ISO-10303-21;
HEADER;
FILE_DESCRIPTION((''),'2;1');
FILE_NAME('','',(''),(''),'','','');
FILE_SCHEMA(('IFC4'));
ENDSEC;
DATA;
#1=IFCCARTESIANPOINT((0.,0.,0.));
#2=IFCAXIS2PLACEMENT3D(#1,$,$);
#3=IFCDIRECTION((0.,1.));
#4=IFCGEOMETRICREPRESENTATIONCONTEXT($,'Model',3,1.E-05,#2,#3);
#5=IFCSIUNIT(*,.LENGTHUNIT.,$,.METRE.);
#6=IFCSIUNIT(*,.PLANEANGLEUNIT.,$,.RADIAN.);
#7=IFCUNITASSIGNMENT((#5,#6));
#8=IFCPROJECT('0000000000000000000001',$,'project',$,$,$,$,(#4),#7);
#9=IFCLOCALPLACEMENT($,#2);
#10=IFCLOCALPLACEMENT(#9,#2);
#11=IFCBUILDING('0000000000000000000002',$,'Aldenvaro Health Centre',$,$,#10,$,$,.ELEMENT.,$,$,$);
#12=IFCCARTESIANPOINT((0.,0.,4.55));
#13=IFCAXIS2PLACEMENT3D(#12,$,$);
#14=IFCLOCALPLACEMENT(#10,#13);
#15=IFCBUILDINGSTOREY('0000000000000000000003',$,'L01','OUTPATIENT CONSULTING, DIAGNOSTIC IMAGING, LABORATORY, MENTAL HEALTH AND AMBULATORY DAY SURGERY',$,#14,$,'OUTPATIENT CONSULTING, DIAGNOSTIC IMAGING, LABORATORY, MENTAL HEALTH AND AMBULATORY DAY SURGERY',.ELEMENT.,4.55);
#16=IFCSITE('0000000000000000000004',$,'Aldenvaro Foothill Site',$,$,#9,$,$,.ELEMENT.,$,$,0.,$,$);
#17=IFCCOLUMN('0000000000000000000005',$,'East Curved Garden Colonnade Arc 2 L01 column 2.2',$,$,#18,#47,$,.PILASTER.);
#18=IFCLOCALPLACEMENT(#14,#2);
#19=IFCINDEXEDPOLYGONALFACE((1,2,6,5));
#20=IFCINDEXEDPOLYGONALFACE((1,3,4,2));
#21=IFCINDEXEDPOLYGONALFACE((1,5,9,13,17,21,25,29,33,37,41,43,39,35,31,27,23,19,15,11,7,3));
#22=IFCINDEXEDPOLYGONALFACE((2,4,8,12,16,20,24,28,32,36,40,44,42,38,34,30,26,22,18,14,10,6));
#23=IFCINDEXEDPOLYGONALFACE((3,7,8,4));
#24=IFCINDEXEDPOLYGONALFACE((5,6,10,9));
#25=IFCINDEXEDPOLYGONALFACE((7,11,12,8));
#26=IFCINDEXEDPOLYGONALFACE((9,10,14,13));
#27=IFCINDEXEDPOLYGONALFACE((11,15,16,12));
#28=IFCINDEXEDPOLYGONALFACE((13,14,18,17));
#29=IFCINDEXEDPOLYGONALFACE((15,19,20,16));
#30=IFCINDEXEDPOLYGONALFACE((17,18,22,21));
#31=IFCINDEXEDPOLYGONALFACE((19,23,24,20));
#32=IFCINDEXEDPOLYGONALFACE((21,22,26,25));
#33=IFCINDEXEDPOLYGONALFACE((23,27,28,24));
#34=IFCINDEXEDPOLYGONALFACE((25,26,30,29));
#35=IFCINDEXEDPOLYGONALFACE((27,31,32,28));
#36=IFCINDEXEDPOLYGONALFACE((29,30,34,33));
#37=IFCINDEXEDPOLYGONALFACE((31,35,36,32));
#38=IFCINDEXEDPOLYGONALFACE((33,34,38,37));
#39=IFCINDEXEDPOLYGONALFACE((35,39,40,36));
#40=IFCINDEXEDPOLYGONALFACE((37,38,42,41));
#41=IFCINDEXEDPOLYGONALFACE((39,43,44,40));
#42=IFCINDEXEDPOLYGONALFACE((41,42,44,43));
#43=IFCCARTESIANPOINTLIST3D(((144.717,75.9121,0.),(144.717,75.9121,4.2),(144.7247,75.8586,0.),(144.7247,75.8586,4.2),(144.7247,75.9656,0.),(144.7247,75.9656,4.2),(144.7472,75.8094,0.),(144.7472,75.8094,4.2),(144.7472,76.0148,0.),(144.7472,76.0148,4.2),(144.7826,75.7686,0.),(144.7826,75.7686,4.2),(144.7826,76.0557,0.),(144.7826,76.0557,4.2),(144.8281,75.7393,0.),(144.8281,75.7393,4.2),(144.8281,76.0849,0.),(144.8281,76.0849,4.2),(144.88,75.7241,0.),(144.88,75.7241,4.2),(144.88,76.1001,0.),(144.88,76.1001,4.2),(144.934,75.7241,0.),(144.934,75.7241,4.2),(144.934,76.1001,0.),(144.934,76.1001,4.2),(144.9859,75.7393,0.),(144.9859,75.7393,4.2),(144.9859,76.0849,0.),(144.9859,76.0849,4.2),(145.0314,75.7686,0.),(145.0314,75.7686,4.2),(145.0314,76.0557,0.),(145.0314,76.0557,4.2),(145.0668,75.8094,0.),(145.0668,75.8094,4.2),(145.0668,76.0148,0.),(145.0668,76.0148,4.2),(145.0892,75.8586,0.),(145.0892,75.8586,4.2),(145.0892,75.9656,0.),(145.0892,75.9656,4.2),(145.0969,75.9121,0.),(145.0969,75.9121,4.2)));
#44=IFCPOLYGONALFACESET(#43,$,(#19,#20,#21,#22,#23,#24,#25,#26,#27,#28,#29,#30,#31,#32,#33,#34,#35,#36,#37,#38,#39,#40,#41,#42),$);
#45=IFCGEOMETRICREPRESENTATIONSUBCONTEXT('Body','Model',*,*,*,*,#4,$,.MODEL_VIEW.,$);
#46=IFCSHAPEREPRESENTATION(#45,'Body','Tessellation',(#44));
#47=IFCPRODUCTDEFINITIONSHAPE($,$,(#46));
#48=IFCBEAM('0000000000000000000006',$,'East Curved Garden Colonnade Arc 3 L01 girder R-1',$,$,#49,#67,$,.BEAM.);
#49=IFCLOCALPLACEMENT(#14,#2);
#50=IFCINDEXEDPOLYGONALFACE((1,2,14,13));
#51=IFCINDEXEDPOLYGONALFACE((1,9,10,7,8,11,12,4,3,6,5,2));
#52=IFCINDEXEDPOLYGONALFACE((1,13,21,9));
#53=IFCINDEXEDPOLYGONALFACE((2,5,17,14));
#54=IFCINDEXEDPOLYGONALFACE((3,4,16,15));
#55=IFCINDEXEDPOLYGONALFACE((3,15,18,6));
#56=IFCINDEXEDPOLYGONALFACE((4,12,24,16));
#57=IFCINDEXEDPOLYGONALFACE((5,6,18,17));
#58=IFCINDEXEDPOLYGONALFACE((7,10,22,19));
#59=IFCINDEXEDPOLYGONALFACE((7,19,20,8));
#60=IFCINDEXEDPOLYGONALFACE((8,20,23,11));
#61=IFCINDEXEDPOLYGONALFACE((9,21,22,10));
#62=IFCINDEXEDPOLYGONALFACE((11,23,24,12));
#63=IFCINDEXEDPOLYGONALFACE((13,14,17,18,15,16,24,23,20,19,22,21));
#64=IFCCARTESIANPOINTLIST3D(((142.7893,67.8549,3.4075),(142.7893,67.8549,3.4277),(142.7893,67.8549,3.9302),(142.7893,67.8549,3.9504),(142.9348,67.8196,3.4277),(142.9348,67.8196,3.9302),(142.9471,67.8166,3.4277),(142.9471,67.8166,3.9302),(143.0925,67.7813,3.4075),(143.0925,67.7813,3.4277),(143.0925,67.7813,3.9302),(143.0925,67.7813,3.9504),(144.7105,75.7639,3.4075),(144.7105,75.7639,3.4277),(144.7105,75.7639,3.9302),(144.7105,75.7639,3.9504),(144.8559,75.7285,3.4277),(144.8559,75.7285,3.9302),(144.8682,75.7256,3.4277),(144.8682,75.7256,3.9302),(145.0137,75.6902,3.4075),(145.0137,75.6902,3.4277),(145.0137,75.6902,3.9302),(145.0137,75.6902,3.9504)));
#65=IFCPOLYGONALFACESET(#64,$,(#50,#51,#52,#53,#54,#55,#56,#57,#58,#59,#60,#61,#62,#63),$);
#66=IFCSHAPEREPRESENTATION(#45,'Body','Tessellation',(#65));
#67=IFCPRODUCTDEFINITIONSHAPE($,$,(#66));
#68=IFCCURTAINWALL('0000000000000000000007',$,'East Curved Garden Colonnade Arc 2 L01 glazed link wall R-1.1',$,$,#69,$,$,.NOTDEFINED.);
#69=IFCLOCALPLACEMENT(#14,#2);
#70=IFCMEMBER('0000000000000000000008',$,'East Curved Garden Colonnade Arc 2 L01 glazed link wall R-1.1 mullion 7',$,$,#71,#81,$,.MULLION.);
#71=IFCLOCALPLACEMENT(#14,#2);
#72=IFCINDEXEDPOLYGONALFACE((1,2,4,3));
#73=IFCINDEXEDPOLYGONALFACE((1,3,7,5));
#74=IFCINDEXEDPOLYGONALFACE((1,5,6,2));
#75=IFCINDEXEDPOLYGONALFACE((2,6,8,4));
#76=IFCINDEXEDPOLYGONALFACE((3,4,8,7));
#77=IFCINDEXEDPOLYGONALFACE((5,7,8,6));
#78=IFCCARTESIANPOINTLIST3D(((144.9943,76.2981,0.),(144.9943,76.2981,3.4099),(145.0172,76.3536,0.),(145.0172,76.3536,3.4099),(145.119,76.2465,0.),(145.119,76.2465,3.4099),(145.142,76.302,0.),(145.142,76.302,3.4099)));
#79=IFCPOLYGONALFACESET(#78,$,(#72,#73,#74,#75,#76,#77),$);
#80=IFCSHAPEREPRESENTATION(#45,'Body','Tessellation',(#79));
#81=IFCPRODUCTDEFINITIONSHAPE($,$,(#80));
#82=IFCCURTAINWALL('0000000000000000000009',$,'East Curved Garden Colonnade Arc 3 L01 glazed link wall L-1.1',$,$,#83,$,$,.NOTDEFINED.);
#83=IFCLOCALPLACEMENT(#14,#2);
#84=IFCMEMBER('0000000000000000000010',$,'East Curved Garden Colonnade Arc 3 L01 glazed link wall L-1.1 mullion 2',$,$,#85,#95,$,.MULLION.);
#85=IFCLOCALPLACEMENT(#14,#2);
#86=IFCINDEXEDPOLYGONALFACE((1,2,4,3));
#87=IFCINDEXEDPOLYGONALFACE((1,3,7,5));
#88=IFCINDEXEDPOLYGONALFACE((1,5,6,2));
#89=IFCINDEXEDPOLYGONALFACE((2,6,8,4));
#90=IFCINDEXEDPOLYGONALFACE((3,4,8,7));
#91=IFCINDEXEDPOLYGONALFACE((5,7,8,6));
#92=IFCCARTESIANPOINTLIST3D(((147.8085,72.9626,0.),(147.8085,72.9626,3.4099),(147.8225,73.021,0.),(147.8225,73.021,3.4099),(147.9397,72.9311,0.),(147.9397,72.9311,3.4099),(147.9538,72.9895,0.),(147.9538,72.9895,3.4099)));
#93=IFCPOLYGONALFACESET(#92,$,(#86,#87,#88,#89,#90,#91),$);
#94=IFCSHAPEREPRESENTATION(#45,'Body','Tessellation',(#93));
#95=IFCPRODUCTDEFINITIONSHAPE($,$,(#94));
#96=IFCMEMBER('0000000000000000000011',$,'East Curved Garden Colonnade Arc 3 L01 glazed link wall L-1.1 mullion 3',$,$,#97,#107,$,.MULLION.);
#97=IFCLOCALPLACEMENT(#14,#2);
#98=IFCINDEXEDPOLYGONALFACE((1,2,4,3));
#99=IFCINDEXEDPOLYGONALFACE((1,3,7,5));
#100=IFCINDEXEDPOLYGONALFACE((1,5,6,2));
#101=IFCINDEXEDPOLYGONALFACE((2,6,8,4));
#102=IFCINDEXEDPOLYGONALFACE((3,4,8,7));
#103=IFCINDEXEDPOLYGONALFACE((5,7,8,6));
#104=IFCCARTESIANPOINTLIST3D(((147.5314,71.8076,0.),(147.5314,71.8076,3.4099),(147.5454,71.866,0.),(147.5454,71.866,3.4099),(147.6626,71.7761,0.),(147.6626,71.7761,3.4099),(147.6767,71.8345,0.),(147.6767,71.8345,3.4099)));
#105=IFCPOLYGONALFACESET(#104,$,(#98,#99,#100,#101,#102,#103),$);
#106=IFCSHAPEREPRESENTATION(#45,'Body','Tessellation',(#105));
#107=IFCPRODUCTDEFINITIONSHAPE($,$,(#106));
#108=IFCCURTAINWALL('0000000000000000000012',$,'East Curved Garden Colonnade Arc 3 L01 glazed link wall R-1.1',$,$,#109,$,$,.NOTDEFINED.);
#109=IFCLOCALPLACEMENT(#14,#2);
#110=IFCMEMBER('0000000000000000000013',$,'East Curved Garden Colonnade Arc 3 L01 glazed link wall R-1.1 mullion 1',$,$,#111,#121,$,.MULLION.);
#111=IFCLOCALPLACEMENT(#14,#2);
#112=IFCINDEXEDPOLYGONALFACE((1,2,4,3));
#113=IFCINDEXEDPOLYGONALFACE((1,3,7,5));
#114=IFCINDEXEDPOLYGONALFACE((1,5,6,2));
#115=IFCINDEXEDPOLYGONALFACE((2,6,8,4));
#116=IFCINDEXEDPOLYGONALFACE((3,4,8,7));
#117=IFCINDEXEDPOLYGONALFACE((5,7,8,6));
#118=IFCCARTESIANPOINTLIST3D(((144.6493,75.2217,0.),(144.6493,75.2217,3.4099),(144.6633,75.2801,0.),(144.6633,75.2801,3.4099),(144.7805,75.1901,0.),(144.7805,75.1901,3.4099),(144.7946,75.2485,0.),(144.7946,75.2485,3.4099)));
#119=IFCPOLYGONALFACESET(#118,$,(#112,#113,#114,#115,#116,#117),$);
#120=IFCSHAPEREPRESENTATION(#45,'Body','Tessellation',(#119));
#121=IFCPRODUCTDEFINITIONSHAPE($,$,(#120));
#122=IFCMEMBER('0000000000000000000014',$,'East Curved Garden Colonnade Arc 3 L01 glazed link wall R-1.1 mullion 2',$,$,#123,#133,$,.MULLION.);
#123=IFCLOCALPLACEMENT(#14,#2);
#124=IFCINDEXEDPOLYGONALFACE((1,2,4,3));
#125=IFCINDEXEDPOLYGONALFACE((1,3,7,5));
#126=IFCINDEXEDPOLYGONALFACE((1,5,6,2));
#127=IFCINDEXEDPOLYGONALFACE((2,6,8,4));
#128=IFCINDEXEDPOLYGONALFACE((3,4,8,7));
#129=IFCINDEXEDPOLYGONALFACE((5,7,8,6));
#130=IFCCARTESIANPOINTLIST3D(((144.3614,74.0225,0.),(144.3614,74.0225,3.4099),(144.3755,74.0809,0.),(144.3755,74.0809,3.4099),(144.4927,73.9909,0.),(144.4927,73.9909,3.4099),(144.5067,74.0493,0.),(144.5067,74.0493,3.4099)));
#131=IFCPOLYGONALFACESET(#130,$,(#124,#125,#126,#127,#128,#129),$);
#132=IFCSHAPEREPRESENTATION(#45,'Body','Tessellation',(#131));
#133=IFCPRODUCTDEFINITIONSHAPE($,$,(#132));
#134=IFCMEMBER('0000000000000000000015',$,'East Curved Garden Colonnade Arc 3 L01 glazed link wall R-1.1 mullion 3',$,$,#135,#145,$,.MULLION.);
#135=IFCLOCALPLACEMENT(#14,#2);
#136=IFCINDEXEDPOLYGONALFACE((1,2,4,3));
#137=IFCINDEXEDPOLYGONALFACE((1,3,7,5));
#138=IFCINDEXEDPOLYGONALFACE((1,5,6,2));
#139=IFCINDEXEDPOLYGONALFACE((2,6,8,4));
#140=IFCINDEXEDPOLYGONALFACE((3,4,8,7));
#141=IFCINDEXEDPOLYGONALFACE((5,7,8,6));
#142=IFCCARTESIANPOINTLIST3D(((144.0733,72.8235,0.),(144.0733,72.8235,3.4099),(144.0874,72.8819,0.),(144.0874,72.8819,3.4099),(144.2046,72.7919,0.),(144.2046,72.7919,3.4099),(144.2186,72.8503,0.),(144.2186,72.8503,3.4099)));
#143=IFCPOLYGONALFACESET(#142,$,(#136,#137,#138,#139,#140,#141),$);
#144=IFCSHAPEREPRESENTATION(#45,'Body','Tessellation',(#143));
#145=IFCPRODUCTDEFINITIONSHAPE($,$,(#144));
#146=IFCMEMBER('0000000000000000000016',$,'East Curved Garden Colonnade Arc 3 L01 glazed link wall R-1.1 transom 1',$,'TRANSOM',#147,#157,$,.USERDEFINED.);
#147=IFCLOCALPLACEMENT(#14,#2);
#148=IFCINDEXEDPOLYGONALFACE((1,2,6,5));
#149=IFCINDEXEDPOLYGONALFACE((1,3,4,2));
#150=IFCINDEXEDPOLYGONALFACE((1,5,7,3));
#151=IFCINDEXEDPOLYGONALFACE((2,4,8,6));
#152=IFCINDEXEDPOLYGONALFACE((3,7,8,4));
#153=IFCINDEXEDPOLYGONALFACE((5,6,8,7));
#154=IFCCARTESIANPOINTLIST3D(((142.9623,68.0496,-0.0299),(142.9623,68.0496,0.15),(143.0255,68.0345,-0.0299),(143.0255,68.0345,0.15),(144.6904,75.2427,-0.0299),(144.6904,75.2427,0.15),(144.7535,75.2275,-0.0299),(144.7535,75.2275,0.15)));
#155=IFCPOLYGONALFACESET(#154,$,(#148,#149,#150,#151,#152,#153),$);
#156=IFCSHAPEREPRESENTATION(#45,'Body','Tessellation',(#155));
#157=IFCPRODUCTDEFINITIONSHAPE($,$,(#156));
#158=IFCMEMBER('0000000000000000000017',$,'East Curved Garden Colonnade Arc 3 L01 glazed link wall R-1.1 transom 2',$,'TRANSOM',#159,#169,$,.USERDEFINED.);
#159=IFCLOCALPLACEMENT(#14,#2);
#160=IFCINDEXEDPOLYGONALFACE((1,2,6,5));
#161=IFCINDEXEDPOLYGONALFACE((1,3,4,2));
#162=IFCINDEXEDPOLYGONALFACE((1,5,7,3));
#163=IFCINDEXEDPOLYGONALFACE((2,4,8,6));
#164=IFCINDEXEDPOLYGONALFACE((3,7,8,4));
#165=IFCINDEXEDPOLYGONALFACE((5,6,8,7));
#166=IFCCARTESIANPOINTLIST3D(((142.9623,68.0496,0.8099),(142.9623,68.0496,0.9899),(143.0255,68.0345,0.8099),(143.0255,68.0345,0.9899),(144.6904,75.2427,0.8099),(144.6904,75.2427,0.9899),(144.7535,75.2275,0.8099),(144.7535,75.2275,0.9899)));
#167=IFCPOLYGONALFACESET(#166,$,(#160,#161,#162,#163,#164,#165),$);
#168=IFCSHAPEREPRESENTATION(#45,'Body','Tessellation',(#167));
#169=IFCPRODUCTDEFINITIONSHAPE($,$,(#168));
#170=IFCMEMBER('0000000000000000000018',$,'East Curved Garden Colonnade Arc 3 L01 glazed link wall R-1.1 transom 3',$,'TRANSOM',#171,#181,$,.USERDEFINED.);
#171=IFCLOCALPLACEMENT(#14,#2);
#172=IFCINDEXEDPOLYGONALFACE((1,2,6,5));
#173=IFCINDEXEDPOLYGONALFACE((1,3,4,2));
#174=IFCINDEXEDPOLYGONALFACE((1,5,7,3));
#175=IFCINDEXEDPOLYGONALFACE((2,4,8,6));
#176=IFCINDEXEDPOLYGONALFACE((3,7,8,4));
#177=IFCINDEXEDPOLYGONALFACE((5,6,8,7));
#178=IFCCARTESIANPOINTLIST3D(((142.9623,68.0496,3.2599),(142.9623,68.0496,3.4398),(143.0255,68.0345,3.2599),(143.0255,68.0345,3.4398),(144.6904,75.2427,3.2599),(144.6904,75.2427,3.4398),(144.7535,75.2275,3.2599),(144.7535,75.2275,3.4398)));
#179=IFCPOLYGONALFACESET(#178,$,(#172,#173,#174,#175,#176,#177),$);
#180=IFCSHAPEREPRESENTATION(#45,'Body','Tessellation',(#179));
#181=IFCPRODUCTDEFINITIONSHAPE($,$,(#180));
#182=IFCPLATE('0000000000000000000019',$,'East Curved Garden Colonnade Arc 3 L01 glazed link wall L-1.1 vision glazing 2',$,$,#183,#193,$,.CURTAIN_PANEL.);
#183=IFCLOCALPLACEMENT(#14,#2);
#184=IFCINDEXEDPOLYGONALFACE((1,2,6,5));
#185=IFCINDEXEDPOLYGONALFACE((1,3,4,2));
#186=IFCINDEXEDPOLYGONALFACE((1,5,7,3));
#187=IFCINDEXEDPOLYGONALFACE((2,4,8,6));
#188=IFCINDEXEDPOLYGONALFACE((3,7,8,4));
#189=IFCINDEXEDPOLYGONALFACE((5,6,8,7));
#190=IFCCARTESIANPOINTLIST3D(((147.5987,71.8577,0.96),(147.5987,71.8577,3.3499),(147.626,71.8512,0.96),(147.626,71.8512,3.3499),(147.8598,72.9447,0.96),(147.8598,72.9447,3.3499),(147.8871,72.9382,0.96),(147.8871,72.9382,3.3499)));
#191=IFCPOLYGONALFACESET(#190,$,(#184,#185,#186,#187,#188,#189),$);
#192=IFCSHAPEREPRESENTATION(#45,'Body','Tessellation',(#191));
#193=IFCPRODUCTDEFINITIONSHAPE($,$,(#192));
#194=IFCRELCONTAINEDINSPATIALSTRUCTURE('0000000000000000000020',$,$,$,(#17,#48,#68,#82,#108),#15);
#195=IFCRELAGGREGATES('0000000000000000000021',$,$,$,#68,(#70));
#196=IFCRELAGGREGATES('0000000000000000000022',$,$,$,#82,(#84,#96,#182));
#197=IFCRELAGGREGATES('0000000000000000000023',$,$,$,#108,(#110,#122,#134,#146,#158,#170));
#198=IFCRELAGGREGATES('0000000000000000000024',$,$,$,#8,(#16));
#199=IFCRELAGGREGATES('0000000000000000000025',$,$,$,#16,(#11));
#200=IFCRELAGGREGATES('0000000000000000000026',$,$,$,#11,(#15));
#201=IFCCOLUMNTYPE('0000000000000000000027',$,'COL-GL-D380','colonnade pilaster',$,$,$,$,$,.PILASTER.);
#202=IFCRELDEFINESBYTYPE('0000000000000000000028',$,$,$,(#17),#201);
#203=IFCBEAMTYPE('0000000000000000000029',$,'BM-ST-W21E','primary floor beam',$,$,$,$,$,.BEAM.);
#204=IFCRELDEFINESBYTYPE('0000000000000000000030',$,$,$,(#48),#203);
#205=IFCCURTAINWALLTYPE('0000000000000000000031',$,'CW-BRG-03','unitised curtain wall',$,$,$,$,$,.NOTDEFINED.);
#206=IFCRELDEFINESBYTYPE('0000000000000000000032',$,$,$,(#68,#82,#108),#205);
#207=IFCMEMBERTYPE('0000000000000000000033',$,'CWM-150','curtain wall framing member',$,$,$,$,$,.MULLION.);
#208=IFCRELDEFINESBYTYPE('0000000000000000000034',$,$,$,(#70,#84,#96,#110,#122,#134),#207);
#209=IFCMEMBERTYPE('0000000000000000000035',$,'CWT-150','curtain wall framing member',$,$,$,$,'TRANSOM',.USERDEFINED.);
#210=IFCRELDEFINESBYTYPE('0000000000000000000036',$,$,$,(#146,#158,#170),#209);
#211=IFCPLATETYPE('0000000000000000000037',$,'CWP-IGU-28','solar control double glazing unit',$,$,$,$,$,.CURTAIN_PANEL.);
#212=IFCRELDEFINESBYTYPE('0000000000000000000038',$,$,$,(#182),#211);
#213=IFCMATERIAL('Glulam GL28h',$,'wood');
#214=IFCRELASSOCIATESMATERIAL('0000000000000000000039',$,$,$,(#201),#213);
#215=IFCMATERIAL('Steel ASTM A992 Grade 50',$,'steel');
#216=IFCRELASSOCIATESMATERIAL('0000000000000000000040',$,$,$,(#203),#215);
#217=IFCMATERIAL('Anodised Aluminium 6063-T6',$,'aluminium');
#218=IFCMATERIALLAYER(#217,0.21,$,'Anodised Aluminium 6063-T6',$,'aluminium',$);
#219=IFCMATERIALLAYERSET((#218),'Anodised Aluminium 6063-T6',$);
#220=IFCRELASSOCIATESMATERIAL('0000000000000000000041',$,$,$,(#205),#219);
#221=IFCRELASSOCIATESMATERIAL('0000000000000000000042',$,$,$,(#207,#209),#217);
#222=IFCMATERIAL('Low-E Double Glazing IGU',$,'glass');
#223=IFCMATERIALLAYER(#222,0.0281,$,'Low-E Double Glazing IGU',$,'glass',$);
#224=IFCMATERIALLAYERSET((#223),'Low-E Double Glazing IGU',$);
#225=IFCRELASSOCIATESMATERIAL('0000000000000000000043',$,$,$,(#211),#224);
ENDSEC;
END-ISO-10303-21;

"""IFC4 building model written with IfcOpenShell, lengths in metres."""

from ifc_helpers import new_model, si_unit, direction, frame, origin, origin_2d, place, context, subcontext, project, spatial, rectangle, circle, i_section, extrude, material, layer, layer_set, material_profile, profile_set, type_object, element, aggregate, save


model = new_model("IFC4")

# Units and contexts
model_context = context("Model", 3, precision=1e-05, world=origin(), true_north=direction((0.0, 1.0)))
body_context = subcontext(model_context, "Body", "Model", "MODEL_VIEW")
ifc_project = project(units=[si_unit("LENGTHUNIT", "METRE"), si_unit("PLANEANGLEUNIT", "RADIAN")], contexts=[model_context])

# Site, building, storey
site_placement = place(None, origin())
site = spatial("IfcSite", under=ifc_project, at=site_placement, Name="Aldenvaro Foothill Site", CompositionType="ELEMENT", RefElevation=0.0)
building_placement = place(site_placement, origin())
building = spatial("IfcBuilding", under=site, at=building_placement, Name="Aldenvaro Health Centre", CompositionType="ELEMENT")
storey_placement = place(building_placement, frame((0.0, 0.0, 4.55)))
storey = spatial("IfcBuildingStorey", under=building, at=storey_placement, Name="L01", Description="OUTPATIENT CONSULTING, DIAGNOSTIC IMAGING, LABORATORY, MENTAL HEALTH AND AMBULATORY DAY SURGERY", LongName="OUTPATIENT CONSULTING, DIAGNOSTIC IMAGING, LABORATORY, MENTAL HEALTH AND AMBULATORY DAY SURGERY", CompositionType="ELEMENT", Elevation=4.55)

# Column
ifc_material_1 = material(Name="Glulam GL28h", Category="wood")
ifc_material_profile_1 = material_profile(ifc_material_1, circle(Radius=0.1899, at=origin_2d()), Name="GL D380", Category="wood")
ifc_profile_set_1 = profile_set([ifc_material_profile_1], Name="Glulam GL28h")
column_type = type_object("IfcColumnType", Name="COL-GL-D380", Description="colonnade pilaster", PredefinedType="PILASTER", material=ifc_profile_set_1)
column_placement = place(storey_placement, frame((144.907, 75.9121, 0.0), z_axis=(0.0, 0.0, 1.0), x_axis=(1.0, 0.0, 0.0)))
element("IfcColumn", 1, at=column_placement, inside=storey, type_object=column_type, Name="East Curved Garden Colonnade Arc 2 L01 column 2.2", PredefinedType="PILASTER", context=body_context, shape_type="SweptSolid", body=[
    extrude(circle(Radius=0.1899, at=origin_2d()), origin(), (0.0, 0.0, 1.0), 4.2),
])

# Beam
ifc_material_2 = material(Name="Steel ASTM A992 Grade 50", Category="steel")
ifc_material_profile_2 = material_profile(ifc_material_2, i_section(OverallWidth=0.312, OverallDepth=0.543, WebThickness=0.0127, FlangeThickness=0.0203, at=origin_2d()), Name="W21X101", Category="steel")
ifc_profile_set_2 = profile_set([ifc_material_profile_2], Name="Steel ASTM A992 Grade 50")
beam_type = type_object("IfcBeamType", Name="BM-ST-W21E", Description="primary floor beam", PredefinedType="BEAM", material=ifc_profile_set_2)
beam_placement = place(storey_placement, frame((144.8621, 75.7271, 3.679), z_axis=(-0.236044, -0.971742, 0.0), x_axis=(0.971742, -0.236044, 0.0)))
element("IfcBeam", 2, at=beam_placement, inside=storey, type_object=beam_type, Name="East Curved Garden Colonnade Arc 3 L01 girder R-1", PredefinedType="BEAM", context=body_context, shape_type="SweptSolid", body=[
    extrude(i_section(OverallWidth=0.312, OverallDepth=0.543, WebThickness=0.0127, FlangeThickness=0.0203, at=origin_2d()), origin(), (0.0, 0.0, 1.0), 8.1389),
])

# Curtain wall, member
ifc_material_3 = material(Name="Anodised Aluminium 6063-T6", Category="aluminium")
ifc_layer_1 = layer(ifc_material_3, 0.21, Name="Anodised Aluminium 6063-T6", Category="aluminium")
ifc_layer_set_1 = layer_set([ifc_layer_1], Name="Anodised Aluminium 6063-T6")
curtain_wall_type = type_object("IfcCurtainWallType", Name="CW-BRG-03", Description="unitised curtain wall", PredefinedType="NOTDEFINED", material=ifc_layer_set_1)
curtain_wall_1_placement = place(storey_placement, origin())
curtain_wall_1 = element("IfcCurtainWall", 3, at=curtain_wall_1_placement, inside=storey, type_object=curtain_wall_type, Name="East Curved Garden Colonnade Arc 2 L01 glazed link wall R-1.1", PredefinedType="NOTDEFINED")
ifc_material_profile_3 = material_profile(ifc_material_3, rectangle(XDim=0.0601, YDim=0.135, at=origin_2d()), Name="ALU 60x135", Category="aluminium")
ifc_profile_set_3 = profile_set([ifc_material_profile_3], Name="Anodised Aluminium 6063-T6")
member_type_1 = type_object("IfcMemberType", Name="CWM-150", Description="curtain wall framing member", PredefinedType="MULLION", material=ifc_profile_set_3)
member_1_placement = place(storey_placement, frame((145.0681, 76.3, 0.0), z_axis=(0.0, 0.0, 1.0), x_axis=(-0.382503, -0.923954, 0.0)))
member_1 = element("IfcMember", 4, at=member_1_placement, type_object=member_type_1, Name="East Curved Garden Colonnade Arc 2 L01 glazed link wall R-1.1 mullion 7", PredefinedType="MULLION", context=body_context, shape_type="SweptSolid", body=[
    extrude(rectangle(XDim=0.0601, YDim=0.135, at=origin_2d()), origin(), (0.0, 0.0, 1.0), 3.4099),
])

# Curtain walls, members
curtain_wall_2_placement = place(storey_placement, origin())
curtain_wall_2 = element("IfcCurtainWall", 5, at=curtain_wall_2_placement, inside=storey, type_object=curtain_wall_type, Name="East Curved Garden Colonnade Arc 3 L01 glazed link wall L-1.1", PredefinedType="NOTDEFINED")
member_2_placement = place(storey_placement, frame((147.8811, 72.9761, 0.0), z_axis=(0.0, 0.0, 1.0), x_axis=(-0.233612, -0.97233, 0.0)))
member_2 = element("IfcMember", 6, at=member_2_placement, type_object=member_type_1, Name="East Curved Garden Colonnade Arc 3 L01 glazed link wall L-1.1 mullion 2", PredefinedType="MULLION", context=body_context, shape_type="SweptSolid", body=[
    extrude(rectangle(XDim=0.0601, YDim=0.135, at=origin_2d()), origin(), (0.0, 0.0, 1.0), 3.4099),
])
member_3_placement = place(storey_placement, frame((147.604, 71.821, 0.0), z_axis=(0.0, 0.0, 1.0), x_axis=(-0.233612, -0.97233, 0.0)))
member_3 = element("IfcMember", 7, at=member_3_placement, type_object=member_type_1, Name="East Curved Garden Colonnade Arc 3 L01 glazed link wall L-1.1 mullion 3", PredefinedType="MULLION", context=body_context, shape_type="SweptSolid", body=[
    extrude(rectangle(XDim=0.0601, YDim=0.135, at=origin_2d()), origin(), (0.0, 0.0, 1.0), 3.4099),
])
curtain_wall_3_placement = place(storey_placement, origin())
curtain_wall_3 = element("IfcCurtainWall", 8, at=curtain_wall_3_placement, inside=storey, type_object=curtain_wall_type, Name="East Curved Garden Colonnade Arc 3 L01 glazed link wall R-1.1", PredefinedType="NOTDEFINED")
member_4_placement = place(storey_placement, frame((144.7219, 75.2351, 0.0), z_axis=(0.0, 0.0, 1.0), x_axis=(-0.233588, -0.972336, 0.0)))
member_4 = element("IfcMember", 9, at=member_4_placement, type_object=member_type_1, Name="East Curved Garden Colonnade Arc 3 L01 glazed link wall R-1.1 mullion 1", PredefinedType="MULLION", context=body_context, shape_type="SweptSolid", body=[
    extrude(rectangle(XDim=0.0601, YDim=0.135, at=origin_2d()), origin(), (0.0, 0.0, 1.0), 3.4099),
])
member_5_placement = place(storey_placement, frame((144.4341, 74.0359, 0.0), z_axis=(0.0, 0.0, 1.0), x_axis=(-0.233588, -0.972336, 0.0)))
member_5 = element("IfcMember", 10, at=member_5_placement, type_object=member_type_1, Name="East Curved Garden Colonnade Arc 3 L01 glazed link wall R-1.1 mullion 2", PredefinedType="MULLION", context=body_context, shape_type="SweptSolid", body=[
    extrude(rectangle(XDim=0.0601, YDim=0.135, at=origin_2d()), origin(), (0.0, 0.0, 1.0), 3.4099),
])
member_6_placement = place(storey_placement, frame((144.146, 72.8369, 0.0), z_axis=(0.0, 0.0, 1.0), x_axis=(-0.233588, -0.972336, 0.0)))
member_6 = element("IfcMember", 11, at=member_6_placement, type_object=member_type_1, Name="East Curved Garden Colonnade Arc 3 L01 glazed link wall R-1.1 mullion 3", PredefinedType="MULLION", context=body_context, shape_type="SweptSolid", body=[
    extrude(rectangle(XDim=0.0601, YDim=0.135, at=origin_2d()), origin(), (0.0, 0.0, 1.0), 3.4099),
])
ifc_material_profile_4 = material_profile(ifc_material_3, rectangle(XDim=0.0649, YDim=0.1799, at=origin_2d()), Name="ALU 65x180", Category="aluminium")
ifc_profile_set_4 = profile_set([ifc_material_profile_4], Name="Anodised Aluminium 6063-T6")
member_type_2 = type_object("IfcMemberType", Name="CWT-150", Description="curtain wall framing member", ElementType="TRANSOM", PredefinedType="USERDEFINED", material=ifc_profile_set_4)
member_7_placement = place(storey_placement, frame((144.7219, 75.2351, 0.0601), z_axis=(-0.233588, -0.972336, 0.0), x_axis=(0.972336, -0.233588, 0.0)))
member_7 = element("IfcMember", 12, at=member_7_placement, type_object=member_type_2, Name="East Curved Garden Colonnade Arc 3 L01 glazed link wall R-1.1 transom 1", ObjectType="TRANSOM", PredefinedType="USERDEFINED", context=body_context, shape_type="SweptSolid", body=[
    extrude(rectangle(XDim=0.0649, YDim=0.1799, at=origin_2d()), origin(), (0.0, 0.0, 1.0), 7.3977),
])
member_8_placement = place(storey_placement, frame((144.7219, 75.2351, 0.8999), z_axis=(-0.233588, -0.972336, 0.0), x_axis=(0.972336, -0.233588, 0.0)))
member_8 = element("IfcMember", 13, at=member_8_placement, type_object=member_type_2, Name="East Curved Garden Colonnade Arc 3 L01 glazed link wall R-1.1 transom 2", ObjectType="TRANSOM", PredefinedType="USERDEFINED", context=body_context, shape_type="SweptSolid", body=[
    extrude(rectangle(XDim=0.0649, YDim=0.1799, at=origin_2d()), origin(), (0.0, 0.0, 1.0), 7.3977),
])
member_9_placement = place(storey_placement, frame((144.7219, 75.2351, 3.3499), z_axis=(-0.233588, -0.972336, 0.0), x_axis=(0.972336, -0.233588, 0.0)))
member_9 = element("IfcMember", 14, at=member_9_placement, type_object=member_type_2, Name="East Curved Garden Colonnade Arc 3 L01 glazed link wall R-1.1 transom 3", ObjectType="TRANSOM", PredefinedType="USERDEFINED", context=body_context, shape_type="SweptSolid", body=[
    extrude(rectangle(XDim=0.0649, YDim=0.1799, at=origin_2d()), origin(), (0.0, 0.0, 1.0), 7.3977),
])

# Plate
ifc_material_4 = material(Name="Low-E Double Glazing IGU", Category="glass")
ifc_layer_2 = layer(ifc_material_4, 0.0281, Name="Low-E Double Glazing IGU", Category="glass")
ifc_layer_set_2 = layer_set([ifc_layer_2], Name="Low-E Double Glazing IGU")
plate_type_1 = type_object("IfcPlateType", Name="CWP-IGU-28", Description="solar control double glazing unit", PredefinedType="CURTAIN_PANEL", material=ifc_layer_set_2)
plate_1_placement = place(storey_placement, frame((147.7429, 72.3979, 0.96), z_axis=(0.0, 0.0, 1.0), x_axis=(-0.233612, -0.97233, 0.0)))
plate_1 = element("IfcPlate", 15, at=plate_1_placement, type_object=plate_type_1, Name="East Curved Garden Colonnade Arc 3 L01 glazed link wall L-1.1 vision glazing 2", PredefinedType="CURTAIN_PANEL", context=body_context, shape_type="SweptSolid", body=[
    extrude(rectangle(XDim=1.1179, YDim=0.0281, at=origin_2d()), origin(), (0.0, 0.0, 1.0), 2.3899),
])
aggregate(curtain_wall_1, [member_1])
aggregate(curtain_wall_2, [member_2, member_3, plate_1])
aggregate(curtain_wall_3, [member_4, member_5, member_6, member_7, member_8, member_9])

save(model, "model.ifc")
